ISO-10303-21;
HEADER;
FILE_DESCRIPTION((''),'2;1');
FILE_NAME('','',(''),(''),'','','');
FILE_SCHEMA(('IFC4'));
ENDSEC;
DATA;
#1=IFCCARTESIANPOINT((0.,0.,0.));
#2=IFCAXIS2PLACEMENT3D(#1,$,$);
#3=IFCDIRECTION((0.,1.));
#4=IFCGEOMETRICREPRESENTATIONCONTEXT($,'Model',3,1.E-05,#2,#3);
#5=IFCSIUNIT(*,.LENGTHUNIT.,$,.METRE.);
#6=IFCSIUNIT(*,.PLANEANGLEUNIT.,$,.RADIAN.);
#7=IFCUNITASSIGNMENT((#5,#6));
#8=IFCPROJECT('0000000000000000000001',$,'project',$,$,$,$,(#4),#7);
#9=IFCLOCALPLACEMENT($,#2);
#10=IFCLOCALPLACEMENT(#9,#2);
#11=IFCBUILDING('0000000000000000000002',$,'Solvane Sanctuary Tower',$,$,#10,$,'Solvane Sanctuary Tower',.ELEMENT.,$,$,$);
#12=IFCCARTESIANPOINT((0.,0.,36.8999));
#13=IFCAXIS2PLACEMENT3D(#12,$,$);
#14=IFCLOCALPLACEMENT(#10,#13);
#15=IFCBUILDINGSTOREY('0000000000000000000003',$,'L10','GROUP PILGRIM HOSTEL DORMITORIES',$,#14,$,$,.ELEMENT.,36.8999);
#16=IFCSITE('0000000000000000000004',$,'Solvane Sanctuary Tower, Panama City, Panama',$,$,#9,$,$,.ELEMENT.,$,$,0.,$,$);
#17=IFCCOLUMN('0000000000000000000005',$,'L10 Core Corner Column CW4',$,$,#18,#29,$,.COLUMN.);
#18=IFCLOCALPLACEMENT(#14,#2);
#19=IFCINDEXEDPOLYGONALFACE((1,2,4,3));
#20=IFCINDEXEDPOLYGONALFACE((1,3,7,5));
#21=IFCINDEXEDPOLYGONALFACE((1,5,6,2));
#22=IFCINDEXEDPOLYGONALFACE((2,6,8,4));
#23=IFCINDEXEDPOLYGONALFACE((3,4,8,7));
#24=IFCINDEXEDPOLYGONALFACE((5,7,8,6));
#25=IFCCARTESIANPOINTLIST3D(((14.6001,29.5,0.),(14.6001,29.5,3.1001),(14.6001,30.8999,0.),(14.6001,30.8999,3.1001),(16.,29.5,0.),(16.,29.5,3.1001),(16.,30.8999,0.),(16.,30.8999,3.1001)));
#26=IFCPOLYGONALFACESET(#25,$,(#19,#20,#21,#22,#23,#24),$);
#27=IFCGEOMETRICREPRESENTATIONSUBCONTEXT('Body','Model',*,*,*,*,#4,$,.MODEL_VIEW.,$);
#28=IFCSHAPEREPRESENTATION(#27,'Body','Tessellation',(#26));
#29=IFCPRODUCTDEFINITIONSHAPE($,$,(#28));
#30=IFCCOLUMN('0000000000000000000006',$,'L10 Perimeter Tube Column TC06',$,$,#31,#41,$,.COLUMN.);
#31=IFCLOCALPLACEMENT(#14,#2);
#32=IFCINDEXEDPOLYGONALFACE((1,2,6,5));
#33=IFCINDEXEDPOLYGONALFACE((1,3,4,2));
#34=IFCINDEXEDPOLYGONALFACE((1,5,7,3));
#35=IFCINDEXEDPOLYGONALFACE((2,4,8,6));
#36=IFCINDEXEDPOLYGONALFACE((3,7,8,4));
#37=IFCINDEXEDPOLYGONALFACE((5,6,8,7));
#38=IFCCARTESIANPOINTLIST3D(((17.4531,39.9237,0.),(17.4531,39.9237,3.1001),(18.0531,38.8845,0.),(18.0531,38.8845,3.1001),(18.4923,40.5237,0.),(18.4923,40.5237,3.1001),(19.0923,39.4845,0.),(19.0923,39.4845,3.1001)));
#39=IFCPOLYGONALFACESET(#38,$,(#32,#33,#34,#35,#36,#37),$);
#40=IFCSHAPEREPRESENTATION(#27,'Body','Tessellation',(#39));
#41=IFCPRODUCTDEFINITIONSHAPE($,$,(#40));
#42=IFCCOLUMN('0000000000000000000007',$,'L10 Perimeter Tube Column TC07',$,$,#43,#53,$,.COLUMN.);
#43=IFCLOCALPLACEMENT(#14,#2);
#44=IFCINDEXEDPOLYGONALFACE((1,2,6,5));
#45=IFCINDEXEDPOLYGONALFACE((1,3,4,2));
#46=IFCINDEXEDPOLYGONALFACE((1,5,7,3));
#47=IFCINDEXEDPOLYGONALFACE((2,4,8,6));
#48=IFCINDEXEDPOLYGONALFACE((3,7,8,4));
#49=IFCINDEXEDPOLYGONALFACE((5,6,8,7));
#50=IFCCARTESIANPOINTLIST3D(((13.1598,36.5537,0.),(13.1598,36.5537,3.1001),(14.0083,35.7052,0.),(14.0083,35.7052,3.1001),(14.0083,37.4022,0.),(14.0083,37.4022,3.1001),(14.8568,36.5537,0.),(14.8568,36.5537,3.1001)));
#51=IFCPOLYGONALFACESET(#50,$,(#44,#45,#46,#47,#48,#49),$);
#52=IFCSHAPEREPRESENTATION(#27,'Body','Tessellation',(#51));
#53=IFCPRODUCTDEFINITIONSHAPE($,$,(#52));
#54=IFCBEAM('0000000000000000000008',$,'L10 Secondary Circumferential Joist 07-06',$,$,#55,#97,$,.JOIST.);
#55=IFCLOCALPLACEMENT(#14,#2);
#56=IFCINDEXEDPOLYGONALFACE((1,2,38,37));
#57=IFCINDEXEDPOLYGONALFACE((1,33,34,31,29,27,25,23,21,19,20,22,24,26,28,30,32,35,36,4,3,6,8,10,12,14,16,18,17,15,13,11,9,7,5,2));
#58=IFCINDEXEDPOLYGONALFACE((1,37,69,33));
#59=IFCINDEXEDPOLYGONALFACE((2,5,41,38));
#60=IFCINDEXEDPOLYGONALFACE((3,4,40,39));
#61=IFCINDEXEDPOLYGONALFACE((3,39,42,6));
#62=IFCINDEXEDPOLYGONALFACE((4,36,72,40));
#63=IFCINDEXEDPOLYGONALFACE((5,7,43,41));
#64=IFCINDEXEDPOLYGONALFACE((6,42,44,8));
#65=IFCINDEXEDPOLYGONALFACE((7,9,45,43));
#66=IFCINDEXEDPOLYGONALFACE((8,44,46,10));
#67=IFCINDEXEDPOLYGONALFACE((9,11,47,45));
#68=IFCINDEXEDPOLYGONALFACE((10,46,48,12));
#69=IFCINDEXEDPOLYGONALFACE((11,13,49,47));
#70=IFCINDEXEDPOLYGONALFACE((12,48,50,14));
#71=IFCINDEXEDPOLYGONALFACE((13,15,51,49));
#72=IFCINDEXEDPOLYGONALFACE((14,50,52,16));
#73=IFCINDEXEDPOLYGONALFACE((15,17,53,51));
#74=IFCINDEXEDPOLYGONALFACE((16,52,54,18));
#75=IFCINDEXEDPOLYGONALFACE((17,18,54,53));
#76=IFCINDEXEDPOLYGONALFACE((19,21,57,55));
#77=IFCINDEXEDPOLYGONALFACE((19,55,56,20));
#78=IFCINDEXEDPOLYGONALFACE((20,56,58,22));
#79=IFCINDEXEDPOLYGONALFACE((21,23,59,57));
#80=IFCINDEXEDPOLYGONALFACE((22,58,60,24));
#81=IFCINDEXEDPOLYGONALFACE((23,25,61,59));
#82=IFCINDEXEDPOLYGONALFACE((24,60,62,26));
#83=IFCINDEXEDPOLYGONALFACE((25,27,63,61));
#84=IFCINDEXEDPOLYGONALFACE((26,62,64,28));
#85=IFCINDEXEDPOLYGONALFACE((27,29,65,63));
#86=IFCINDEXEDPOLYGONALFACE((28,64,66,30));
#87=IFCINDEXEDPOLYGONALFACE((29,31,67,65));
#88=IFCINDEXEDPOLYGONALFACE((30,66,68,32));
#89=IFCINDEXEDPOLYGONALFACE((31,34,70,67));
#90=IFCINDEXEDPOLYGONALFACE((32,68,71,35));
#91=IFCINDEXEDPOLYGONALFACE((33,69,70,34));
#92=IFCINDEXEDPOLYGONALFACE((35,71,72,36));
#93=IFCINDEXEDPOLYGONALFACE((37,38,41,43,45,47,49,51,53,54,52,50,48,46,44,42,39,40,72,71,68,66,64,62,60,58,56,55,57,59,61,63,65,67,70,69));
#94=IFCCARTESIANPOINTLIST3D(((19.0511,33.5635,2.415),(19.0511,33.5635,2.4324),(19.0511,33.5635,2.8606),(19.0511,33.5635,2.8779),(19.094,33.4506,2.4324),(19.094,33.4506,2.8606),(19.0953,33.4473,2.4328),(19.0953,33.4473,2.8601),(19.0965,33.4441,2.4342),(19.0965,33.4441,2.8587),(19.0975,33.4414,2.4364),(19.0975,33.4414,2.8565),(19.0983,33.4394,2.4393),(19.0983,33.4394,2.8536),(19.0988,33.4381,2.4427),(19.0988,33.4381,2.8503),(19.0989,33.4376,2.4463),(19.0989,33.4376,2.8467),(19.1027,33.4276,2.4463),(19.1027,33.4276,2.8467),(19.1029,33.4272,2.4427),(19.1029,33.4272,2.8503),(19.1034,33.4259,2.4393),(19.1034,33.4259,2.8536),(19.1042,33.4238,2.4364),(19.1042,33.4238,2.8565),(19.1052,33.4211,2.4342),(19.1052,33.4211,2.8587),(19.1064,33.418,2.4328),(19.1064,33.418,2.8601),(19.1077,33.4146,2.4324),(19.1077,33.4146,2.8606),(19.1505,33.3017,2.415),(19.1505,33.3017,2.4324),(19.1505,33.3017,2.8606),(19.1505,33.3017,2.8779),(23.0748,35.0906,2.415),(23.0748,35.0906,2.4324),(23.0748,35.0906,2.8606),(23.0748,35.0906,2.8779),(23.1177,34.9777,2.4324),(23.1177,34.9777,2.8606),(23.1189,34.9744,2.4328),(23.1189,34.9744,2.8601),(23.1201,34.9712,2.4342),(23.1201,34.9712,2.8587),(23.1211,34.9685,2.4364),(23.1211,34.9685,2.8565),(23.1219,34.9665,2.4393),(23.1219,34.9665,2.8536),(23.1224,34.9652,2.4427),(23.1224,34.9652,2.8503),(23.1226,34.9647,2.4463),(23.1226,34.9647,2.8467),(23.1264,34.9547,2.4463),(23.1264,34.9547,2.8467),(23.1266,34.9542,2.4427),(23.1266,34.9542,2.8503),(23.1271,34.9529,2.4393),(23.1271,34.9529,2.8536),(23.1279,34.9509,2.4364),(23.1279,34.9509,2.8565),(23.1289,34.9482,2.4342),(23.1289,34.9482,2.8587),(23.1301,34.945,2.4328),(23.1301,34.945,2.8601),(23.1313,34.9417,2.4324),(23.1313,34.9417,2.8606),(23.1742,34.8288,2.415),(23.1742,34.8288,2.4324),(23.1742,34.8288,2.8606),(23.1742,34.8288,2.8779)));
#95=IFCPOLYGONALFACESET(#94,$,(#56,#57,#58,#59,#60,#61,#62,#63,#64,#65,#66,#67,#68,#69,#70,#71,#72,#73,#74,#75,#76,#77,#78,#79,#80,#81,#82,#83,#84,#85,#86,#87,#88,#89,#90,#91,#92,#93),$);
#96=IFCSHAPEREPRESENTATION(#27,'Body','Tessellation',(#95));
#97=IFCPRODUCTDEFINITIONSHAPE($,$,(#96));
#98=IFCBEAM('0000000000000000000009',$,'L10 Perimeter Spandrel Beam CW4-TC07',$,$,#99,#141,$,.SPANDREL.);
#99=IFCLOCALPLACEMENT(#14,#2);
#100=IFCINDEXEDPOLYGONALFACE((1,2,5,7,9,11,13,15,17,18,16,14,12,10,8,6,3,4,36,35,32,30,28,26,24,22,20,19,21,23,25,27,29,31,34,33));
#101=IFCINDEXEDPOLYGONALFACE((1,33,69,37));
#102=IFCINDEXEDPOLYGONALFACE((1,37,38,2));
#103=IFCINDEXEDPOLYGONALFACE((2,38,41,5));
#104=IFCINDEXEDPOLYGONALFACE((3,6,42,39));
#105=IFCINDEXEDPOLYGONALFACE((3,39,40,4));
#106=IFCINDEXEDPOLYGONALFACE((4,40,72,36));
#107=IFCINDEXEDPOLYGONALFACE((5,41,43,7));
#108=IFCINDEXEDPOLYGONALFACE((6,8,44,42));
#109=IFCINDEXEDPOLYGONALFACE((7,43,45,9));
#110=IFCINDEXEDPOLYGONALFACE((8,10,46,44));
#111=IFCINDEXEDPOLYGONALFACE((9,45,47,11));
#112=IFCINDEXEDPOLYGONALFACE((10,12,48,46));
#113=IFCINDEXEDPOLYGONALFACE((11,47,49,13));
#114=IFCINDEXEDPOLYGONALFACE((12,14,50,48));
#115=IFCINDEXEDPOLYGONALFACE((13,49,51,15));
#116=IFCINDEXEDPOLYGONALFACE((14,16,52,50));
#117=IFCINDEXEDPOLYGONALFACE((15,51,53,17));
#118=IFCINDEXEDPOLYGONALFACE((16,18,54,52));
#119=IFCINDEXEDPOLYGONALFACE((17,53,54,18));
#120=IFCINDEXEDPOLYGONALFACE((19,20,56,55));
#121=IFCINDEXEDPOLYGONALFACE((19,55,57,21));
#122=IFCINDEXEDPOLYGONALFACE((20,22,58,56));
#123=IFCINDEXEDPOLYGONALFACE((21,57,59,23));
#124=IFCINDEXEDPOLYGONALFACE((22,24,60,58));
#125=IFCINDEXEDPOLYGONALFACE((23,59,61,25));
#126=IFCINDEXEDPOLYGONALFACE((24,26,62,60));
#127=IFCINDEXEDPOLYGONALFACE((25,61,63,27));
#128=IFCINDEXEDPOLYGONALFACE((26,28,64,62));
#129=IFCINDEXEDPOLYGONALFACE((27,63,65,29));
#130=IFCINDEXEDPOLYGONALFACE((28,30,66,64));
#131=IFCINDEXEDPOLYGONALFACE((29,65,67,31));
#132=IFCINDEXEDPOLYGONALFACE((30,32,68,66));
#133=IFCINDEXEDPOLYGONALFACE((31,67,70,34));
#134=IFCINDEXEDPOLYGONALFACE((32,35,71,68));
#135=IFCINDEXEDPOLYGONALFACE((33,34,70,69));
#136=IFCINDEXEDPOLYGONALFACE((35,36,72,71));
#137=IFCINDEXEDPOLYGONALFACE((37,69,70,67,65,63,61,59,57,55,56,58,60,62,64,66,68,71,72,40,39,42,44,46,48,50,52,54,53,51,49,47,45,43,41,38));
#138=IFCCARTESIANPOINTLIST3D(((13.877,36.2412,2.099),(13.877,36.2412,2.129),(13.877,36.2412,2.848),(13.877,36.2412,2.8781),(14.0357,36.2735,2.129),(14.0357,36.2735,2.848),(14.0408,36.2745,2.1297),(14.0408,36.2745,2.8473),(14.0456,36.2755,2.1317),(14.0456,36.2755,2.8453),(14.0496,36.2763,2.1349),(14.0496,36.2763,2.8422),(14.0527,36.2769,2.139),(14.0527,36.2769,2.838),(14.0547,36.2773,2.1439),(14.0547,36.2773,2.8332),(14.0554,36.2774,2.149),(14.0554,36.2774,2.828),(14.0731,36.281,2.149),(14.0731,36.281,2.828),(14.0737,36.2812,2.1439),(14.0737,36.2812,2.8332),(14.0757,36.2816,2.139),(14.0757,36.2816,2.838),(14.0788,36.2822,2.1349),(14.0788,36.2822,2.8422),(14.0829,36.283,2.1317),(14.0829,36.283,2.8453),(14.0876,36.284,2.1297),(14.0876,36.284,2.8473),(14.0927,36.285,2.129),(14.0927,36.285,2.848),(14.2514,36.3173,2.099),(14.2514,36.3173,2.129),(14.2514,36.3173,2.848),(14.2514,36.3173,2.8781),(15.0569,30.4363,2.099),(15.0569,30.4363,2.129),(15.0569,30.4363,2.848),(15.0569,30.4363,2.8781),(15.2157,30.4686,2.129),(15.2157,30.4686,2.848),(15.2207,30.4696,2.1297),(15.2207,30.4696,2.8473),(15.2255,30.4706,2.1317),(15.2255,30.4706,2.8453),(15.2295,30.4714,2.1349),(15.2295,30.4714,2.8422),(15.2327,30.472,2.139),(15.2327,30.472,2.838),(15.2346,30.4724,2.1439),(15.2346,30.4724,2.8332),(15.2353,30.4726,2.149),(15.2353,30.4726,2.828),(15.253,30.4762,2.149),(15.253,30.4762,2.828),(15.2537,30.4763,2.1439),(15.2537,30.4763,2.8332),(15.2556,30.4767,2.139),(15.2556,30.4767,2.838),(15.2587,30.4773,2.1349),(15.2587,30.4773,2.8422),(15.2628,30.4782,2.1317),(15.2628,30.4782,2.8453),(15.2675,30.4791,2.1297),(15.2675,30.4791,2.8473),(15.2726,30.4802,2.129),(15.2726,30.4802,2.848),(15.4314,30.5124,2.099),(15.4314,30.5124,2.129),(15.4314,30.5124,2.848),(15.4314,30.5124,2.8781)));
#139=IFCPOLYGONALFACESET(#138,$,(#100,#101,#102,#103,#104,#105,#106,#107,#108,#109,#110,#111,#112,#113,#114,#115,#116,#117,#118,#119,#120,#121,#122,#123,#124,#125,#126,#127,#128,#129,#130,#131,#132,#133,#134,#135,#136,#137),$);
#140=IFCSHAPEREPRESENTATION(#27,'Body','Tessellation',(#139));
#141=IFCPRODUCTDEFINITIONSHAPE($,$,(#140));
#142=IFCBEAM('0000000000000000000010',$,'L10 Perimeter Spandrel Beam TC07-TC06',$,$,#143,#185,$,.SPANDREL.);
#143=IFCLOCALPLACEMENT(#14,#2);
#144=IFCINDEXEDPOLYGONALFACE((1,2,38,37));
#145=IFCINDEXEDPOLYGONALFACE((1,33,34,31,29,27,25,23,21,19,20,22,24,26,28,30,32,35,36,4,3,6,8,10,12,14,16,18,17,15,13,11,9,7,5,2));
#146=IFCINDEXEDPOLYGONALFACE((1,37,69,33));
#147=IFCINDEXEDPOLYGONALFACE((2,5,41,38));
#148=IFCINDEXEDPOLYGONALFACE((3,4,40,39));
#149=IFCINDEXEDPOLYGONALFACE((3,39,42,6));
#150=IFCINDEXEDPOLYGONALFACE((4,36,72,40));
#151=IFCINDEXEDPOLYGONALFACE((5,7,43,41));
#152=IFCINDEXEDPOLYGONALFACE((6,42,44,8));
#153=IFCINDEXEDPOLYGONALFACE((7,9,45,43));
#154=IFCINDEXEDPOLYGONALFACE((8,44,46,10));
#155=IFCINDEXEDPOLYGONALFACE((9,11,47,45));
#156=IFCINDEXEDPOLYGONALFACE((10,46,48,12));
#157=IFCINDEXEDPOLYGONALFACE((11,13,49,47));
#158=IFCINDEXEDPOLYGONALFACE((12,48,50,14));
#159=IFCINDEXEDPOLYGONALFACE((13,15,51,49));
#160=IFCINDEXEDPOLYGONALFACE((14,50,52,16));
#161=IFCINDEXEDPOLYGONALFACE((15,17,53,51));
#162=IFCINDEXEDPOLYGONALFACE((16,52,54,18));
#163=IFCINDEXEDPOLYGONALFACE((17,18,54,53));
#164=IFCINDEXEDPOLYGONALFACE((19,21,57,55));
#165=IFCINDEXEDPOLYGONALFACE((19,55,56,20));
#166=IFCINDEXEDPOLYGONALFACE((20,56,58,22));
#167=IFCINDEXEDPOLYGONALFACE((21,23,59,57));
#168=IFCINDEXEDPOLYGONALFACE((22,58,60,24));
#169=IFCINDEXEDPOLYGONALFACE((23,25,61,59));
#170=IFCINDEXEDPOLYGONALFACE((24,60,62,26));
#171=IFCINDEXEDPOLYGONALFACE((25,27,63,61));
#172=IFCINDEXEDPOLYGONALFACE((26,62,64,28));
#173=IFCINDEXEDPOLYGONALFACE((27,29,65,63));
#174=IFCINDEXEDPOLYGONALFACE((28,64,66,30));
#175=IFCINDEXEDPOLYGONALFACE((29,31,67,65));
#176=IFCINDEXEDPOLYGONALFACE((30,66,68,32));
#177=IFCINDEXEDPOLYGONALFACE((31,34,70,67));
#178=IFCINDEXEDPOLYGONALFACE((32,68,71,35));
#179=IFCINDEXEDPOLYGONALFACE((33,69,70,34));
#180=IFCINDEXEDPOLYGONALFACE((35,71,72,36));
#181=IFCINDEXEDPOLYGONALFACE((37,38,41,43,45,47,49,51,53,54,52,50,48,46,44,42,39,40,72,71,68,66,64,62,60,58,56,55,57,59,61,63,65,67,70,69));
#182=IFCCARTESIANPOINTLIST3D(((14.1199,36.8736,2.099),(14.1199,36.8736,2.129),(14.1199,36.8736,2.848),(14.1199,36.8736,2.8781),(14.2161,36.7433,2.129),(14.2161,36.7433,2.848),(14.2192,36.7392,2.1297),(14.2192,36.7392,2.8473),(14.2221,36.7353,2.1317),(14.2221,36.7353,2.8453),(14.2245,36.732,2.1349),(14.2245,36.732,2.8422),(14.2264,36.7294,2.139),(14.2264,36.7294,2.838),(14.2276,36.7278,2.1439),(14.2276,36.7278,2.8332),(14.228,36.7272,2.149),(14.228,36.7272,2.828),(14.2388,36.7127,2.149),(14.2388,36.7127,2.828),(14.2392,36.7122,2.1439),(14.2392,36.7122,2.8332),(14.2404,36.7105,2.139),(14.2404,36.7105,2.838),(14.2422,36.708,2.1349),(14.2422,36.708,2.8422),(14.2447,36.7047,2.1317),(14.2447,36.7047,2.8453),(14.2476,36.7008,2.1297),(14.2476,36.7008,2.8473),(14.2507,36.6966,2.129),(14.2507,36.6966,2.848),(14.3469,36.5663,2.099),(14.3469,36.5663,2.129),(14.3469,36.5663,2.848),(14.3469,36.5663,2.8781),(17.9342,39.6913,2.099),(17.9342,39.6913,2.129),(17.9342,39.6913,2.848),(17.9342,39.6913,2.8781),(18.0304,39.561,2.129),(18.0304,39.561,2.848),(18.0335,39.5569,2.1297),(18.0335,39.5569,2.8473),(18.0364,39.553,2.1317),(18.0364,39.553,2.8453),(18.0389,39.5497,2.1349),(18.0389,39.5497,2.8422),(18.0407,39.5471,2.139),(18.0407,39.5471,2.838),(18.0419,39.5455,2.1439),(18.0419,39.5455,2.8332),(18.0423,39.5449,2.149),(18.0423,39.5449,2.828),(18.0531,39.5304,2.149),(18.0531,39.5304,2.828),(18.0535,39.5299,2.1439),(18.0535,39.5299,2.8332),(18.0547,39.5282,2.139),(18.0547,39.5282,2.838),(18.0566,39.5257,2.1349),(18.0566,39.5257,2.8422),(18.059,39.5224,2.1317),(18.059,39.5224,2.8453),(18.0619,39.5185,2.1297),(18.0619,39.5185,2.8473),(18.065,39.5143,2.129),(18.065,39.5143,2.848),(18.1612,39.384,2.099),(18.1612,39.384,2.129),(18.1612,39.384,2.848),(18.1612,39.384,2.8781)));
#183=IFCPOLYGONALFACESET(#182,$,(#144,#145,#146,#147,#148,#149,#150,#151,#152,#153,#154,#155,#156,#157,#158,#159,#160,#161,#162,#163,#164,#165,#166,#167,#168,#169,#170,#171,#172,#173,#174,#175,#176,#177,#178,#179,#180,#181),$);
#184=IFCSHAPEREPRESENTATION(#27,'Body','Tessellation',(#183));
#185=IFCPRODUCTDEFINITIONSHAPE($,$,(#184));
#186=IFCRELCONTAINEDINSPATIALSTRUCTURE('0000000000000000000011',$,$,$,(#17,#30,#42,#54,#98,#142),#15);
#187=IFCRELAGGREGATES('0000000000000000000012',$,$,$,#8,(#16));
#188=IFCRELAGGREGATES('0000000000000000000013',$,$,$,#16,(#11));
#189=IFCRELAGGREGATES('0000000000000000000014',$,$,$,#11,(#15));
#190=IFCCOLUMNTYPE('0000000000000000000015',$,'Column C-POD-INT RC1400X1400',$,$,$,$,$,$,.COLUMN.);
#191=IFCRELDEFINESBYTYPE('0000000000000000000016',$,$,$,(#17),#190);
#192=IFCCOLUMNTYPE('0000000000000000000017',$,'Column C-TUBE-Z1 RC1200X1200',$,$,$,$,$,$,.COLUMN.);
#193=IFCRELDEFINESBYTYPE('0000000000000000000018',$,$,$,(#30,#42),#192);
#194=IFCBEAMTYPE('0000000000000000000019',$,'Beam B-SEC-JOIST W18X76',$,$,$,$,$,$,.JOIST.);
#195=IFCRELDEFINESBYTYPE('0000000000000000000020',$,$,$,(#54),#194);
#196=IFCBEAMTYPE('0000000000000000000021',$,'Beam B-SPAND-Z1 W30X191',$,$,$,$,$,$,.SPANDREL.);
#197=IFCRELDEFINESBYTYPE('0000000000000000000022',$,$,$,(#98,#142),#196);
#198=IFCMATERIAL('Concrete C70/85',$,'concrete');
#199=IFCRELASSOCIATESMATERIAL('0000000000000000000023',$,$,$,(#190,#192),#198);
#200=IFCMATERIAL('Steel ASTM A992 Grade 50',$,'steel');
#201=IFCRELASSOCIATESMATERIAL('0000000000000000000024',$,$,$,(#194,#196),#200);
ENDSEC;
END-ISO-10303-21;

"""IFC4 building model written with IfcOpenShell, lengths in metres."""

from ifc_helpers import new_model, si_unit, direction, frame, origin, origin_2d, place, context, subcontext, project, spatial, rectangle, i_section, extrude, material, material_profile, profile_set, type_object, element, save


model = new_model("IFC4")

# Units and contexts
model_context = context("Model", 3, precision=1e-05, world=origin(), true_north=direction((0.0, 1.0)))
body_context = subcontext(model_context, "Body", "Model", "MODEL_VIEW")
ifc_project = project(units=[si_unit("LENGTHUNIT", "METRE"), si_unit("PLANEANGLEUNIT", "RADIAN")], contexts=[model_context])

# Site, building, storey
site_placement = place(None, origin())
site = spatial("IfcSite", under=ifc_project, at=site_placement, Name="Solvane Sanctuary Tower, Panama City, Panama", CompositionType="ELEMENT", RefElevation=0.0)
building_placement = place(site_placement, origin())
building = spatial("IfcBuilding", under=site, at=building_placement, Name="Solvane Sanctuary Tower", LongName="Solvane Sanctuary Tower", CompositionType="ELEMENT")
storey_placement = place(building_placement, frame((0.0, 0.0, 36.8999)))
storey = spatial("IfcBuildingStorey", under=building, at=storey_placement, Name="L10", Description="GROUP PILGRIM HOSTEL DORMITORIES", CompositionType="ELEMENT", Elevation=36.8999)

# Columns
ifc_material_1 = material(Name="Concrete C70/85", Category="concrete")
ifc_material_profile_1 = material_profile(ifc_material_1, rectangle(XDim=1.3999, YDim=1.3999, at=origin_2d()), Name="RC1400X1400")
ifc_profile_set_1 = profile_set([ifc_material_profile_1], Name="Concrete C70/85")
column_type_1 = type_object("IfcColumnType", Name="Column C-POD-INT RC1400X1400", PredefinedType="COLUMN", material=ifc_profile_set_1)
column_placement = place(storey_placement, frame((15.3, 30.2, 0.0), z_axis=(0.0, 0.0, 1.0), x_axis=(1.0, 0.0, 0.0)))
element("IfcColumn", 1, at=column_placement, inside=storey, type_object=column_type_1, Name="L10 Core Corner Column CW4", PredefinedType="COLUMN", context=body_context, shape_type="SweptSolid", body=[
    extrude(rectangle(XDim=1.3999, YDim=1.3999, at=origin_2d()), origin(), (0.0, 0.0, 1.0), 3.1001),
])
ifc_material_profile_2 = material_profile(ifc_material_1, rectangle(XDim=1.2, YDim=1.2, at=origin_2d()), Name="RC1200X1200")
ifc_profile_set_2 = profile_set([ifc_material_profile_2], Name="Concrete C70/85")
column_type_2 = type_object("IfcColumnType", Name="Column C-TUBE-Z1 RC1200X1200", PredefinedType="COLUMN", material=ifc_profile_set_2)
for number, where, z_axis, x_axis, name in (
    (2, (18.2727, 39.7041, 0.0), (0.0, 0.0, 1.0), (-0.5, 0.866025, 0.0), "L10 Perimeter Tube Column TC06"),
    (3, (14.0083, 36.5537, 0.0), (0.0, 0.0, 1.0), (-0.707107, 0.707107, 0.0), "L10 Perimeter Tube Column TC07"),
):
    element("IfcColumn", number, at=place(storey_placement, frame(where, z_axis=z_axis, x_axis=x_axis)), inside=storey, type_object=column_type_2, Name=name, PredefinedType="COLUMN", context=body_context, shape_type="SweptSolid", body=[
        extrude(rectangle(XDim=1.2, YDim=1.2, at=origin_2d()), origin(), (0.0, 0.0, 1.0), 3.1001),
    ])

# Beams
ifc_material_2 = material(Name="Steel ASTM A992 Grade 50", Category="steel")
ifc_material_profile_3 = material_profile(ifc_material_2, i_section(OverallWidth=0.28, OverallDepth=0.4629, WebThickness=0.0107, FlangeThickness=0.0173, FilletRadius=0.0139, at=origin_2d()), Name="W18X76")
ifc_profile_set_3 = profile_set([ifc_material_profile_3], Name="Steel ASTM A992 Grade 50")
beam_type_1 = type_object("IfcBeamType", Name="Beam B-SEC-JOIST W18X76", PredefinedType="JOIST", material=ifc_profile_set_3)
beam_1_placement = place(storey_placement, frame((19.1008, 33.4326, 2.6465), z_axis=(0.93493, 0.354832, 0.0), x_axis=(-0.354832, 0.93493, 0.0)))
element("IfcBeam", 4, at=beam_1_placement, inside=storey, type_object=beam_type_1, Name="L10 Secondary Circumferential Joist 07-06", PredefinedType="JOIST", context=body_context, shape_type="SweptSolid", body=[
    extrude(i_section(OverallWidth=0.28, OverallDepth=0.4629, WebThickness=0.0107, FlangeThickness=0.0173, FilletRadius=0.0139, at=origin_2d()), origin(), (0.0, 0.0, 1.0), 4.3037),
])
ifc_material_profile_4 = material_profile(ifc_material_2, i_section(OverallWidth=0.3821, OverallDepth=0.7791, WebThickness=0.0181, FlangeThickness=0.03, FilletRadius=0.02, at=origin_2d()), Name="W30X191")
ifc_profile_set_4 = profile_set([ifc_material_profile_4], Name="Steel ASTM A992 Grade 50")
beam_type_2 = type_object("IfcBeamType", Name="Beam B-SPAND-Z1 W30X191", PredefinedType="SPANDREL", material=ifc_profile_set_4)
beam_2_placement = place(storey_placement, frame((15.2441, 30.4744, 2.4885), z_axis=(-0.19919, 0.979961, 0.0), x_axis=(-0.979961, -0.19919, 0.0)))
element("IfcBeam", 5, at=beam_2_placement, inside=storey, type_object=beam_type_2, Name="L10 Perimeter Spandrel Beam CW4-TC07", PredefinedType="SPANDREL", context=body_context, shape_type="SweptSolid", body=[
    extrude(i_section(OverallWidth=0.3821, OverallDepth=0.7791, WebThickness=0.0181, FlangeThickness=0.03, FilletRadius=0.02, at=origin_2d()), origin(), (0.0, 0.0, 1.0), 5.9236),
])
beam_3_placement = place(storey_placement, frame((14.2334, 36.72, 2.4885), z_axis=(0.804334, 0.594177, 0.0), x_axis=(-0.594177, 0.804334, 0.0)))
element("IfcBeam", 6, at=beam_3_placement, inside=storey, type_object=beam_type_2, Name="L10 Perimeter Spandrel Beam TC07-TC06", PredefinedType="SPANDREL", context=body_context, shape_type="SweptSolid", body=[
    extrude(i_section(OverallWidth=0.3821, OverallDepth=0.7791, WebThickness=0.0181, FlangeThickness=0.03, FilletRadius=0.02, at=origin_2d()), origin(), (0.0, 0.0, 1.0), 4.7422),
])

save(model, "model.ifc")
